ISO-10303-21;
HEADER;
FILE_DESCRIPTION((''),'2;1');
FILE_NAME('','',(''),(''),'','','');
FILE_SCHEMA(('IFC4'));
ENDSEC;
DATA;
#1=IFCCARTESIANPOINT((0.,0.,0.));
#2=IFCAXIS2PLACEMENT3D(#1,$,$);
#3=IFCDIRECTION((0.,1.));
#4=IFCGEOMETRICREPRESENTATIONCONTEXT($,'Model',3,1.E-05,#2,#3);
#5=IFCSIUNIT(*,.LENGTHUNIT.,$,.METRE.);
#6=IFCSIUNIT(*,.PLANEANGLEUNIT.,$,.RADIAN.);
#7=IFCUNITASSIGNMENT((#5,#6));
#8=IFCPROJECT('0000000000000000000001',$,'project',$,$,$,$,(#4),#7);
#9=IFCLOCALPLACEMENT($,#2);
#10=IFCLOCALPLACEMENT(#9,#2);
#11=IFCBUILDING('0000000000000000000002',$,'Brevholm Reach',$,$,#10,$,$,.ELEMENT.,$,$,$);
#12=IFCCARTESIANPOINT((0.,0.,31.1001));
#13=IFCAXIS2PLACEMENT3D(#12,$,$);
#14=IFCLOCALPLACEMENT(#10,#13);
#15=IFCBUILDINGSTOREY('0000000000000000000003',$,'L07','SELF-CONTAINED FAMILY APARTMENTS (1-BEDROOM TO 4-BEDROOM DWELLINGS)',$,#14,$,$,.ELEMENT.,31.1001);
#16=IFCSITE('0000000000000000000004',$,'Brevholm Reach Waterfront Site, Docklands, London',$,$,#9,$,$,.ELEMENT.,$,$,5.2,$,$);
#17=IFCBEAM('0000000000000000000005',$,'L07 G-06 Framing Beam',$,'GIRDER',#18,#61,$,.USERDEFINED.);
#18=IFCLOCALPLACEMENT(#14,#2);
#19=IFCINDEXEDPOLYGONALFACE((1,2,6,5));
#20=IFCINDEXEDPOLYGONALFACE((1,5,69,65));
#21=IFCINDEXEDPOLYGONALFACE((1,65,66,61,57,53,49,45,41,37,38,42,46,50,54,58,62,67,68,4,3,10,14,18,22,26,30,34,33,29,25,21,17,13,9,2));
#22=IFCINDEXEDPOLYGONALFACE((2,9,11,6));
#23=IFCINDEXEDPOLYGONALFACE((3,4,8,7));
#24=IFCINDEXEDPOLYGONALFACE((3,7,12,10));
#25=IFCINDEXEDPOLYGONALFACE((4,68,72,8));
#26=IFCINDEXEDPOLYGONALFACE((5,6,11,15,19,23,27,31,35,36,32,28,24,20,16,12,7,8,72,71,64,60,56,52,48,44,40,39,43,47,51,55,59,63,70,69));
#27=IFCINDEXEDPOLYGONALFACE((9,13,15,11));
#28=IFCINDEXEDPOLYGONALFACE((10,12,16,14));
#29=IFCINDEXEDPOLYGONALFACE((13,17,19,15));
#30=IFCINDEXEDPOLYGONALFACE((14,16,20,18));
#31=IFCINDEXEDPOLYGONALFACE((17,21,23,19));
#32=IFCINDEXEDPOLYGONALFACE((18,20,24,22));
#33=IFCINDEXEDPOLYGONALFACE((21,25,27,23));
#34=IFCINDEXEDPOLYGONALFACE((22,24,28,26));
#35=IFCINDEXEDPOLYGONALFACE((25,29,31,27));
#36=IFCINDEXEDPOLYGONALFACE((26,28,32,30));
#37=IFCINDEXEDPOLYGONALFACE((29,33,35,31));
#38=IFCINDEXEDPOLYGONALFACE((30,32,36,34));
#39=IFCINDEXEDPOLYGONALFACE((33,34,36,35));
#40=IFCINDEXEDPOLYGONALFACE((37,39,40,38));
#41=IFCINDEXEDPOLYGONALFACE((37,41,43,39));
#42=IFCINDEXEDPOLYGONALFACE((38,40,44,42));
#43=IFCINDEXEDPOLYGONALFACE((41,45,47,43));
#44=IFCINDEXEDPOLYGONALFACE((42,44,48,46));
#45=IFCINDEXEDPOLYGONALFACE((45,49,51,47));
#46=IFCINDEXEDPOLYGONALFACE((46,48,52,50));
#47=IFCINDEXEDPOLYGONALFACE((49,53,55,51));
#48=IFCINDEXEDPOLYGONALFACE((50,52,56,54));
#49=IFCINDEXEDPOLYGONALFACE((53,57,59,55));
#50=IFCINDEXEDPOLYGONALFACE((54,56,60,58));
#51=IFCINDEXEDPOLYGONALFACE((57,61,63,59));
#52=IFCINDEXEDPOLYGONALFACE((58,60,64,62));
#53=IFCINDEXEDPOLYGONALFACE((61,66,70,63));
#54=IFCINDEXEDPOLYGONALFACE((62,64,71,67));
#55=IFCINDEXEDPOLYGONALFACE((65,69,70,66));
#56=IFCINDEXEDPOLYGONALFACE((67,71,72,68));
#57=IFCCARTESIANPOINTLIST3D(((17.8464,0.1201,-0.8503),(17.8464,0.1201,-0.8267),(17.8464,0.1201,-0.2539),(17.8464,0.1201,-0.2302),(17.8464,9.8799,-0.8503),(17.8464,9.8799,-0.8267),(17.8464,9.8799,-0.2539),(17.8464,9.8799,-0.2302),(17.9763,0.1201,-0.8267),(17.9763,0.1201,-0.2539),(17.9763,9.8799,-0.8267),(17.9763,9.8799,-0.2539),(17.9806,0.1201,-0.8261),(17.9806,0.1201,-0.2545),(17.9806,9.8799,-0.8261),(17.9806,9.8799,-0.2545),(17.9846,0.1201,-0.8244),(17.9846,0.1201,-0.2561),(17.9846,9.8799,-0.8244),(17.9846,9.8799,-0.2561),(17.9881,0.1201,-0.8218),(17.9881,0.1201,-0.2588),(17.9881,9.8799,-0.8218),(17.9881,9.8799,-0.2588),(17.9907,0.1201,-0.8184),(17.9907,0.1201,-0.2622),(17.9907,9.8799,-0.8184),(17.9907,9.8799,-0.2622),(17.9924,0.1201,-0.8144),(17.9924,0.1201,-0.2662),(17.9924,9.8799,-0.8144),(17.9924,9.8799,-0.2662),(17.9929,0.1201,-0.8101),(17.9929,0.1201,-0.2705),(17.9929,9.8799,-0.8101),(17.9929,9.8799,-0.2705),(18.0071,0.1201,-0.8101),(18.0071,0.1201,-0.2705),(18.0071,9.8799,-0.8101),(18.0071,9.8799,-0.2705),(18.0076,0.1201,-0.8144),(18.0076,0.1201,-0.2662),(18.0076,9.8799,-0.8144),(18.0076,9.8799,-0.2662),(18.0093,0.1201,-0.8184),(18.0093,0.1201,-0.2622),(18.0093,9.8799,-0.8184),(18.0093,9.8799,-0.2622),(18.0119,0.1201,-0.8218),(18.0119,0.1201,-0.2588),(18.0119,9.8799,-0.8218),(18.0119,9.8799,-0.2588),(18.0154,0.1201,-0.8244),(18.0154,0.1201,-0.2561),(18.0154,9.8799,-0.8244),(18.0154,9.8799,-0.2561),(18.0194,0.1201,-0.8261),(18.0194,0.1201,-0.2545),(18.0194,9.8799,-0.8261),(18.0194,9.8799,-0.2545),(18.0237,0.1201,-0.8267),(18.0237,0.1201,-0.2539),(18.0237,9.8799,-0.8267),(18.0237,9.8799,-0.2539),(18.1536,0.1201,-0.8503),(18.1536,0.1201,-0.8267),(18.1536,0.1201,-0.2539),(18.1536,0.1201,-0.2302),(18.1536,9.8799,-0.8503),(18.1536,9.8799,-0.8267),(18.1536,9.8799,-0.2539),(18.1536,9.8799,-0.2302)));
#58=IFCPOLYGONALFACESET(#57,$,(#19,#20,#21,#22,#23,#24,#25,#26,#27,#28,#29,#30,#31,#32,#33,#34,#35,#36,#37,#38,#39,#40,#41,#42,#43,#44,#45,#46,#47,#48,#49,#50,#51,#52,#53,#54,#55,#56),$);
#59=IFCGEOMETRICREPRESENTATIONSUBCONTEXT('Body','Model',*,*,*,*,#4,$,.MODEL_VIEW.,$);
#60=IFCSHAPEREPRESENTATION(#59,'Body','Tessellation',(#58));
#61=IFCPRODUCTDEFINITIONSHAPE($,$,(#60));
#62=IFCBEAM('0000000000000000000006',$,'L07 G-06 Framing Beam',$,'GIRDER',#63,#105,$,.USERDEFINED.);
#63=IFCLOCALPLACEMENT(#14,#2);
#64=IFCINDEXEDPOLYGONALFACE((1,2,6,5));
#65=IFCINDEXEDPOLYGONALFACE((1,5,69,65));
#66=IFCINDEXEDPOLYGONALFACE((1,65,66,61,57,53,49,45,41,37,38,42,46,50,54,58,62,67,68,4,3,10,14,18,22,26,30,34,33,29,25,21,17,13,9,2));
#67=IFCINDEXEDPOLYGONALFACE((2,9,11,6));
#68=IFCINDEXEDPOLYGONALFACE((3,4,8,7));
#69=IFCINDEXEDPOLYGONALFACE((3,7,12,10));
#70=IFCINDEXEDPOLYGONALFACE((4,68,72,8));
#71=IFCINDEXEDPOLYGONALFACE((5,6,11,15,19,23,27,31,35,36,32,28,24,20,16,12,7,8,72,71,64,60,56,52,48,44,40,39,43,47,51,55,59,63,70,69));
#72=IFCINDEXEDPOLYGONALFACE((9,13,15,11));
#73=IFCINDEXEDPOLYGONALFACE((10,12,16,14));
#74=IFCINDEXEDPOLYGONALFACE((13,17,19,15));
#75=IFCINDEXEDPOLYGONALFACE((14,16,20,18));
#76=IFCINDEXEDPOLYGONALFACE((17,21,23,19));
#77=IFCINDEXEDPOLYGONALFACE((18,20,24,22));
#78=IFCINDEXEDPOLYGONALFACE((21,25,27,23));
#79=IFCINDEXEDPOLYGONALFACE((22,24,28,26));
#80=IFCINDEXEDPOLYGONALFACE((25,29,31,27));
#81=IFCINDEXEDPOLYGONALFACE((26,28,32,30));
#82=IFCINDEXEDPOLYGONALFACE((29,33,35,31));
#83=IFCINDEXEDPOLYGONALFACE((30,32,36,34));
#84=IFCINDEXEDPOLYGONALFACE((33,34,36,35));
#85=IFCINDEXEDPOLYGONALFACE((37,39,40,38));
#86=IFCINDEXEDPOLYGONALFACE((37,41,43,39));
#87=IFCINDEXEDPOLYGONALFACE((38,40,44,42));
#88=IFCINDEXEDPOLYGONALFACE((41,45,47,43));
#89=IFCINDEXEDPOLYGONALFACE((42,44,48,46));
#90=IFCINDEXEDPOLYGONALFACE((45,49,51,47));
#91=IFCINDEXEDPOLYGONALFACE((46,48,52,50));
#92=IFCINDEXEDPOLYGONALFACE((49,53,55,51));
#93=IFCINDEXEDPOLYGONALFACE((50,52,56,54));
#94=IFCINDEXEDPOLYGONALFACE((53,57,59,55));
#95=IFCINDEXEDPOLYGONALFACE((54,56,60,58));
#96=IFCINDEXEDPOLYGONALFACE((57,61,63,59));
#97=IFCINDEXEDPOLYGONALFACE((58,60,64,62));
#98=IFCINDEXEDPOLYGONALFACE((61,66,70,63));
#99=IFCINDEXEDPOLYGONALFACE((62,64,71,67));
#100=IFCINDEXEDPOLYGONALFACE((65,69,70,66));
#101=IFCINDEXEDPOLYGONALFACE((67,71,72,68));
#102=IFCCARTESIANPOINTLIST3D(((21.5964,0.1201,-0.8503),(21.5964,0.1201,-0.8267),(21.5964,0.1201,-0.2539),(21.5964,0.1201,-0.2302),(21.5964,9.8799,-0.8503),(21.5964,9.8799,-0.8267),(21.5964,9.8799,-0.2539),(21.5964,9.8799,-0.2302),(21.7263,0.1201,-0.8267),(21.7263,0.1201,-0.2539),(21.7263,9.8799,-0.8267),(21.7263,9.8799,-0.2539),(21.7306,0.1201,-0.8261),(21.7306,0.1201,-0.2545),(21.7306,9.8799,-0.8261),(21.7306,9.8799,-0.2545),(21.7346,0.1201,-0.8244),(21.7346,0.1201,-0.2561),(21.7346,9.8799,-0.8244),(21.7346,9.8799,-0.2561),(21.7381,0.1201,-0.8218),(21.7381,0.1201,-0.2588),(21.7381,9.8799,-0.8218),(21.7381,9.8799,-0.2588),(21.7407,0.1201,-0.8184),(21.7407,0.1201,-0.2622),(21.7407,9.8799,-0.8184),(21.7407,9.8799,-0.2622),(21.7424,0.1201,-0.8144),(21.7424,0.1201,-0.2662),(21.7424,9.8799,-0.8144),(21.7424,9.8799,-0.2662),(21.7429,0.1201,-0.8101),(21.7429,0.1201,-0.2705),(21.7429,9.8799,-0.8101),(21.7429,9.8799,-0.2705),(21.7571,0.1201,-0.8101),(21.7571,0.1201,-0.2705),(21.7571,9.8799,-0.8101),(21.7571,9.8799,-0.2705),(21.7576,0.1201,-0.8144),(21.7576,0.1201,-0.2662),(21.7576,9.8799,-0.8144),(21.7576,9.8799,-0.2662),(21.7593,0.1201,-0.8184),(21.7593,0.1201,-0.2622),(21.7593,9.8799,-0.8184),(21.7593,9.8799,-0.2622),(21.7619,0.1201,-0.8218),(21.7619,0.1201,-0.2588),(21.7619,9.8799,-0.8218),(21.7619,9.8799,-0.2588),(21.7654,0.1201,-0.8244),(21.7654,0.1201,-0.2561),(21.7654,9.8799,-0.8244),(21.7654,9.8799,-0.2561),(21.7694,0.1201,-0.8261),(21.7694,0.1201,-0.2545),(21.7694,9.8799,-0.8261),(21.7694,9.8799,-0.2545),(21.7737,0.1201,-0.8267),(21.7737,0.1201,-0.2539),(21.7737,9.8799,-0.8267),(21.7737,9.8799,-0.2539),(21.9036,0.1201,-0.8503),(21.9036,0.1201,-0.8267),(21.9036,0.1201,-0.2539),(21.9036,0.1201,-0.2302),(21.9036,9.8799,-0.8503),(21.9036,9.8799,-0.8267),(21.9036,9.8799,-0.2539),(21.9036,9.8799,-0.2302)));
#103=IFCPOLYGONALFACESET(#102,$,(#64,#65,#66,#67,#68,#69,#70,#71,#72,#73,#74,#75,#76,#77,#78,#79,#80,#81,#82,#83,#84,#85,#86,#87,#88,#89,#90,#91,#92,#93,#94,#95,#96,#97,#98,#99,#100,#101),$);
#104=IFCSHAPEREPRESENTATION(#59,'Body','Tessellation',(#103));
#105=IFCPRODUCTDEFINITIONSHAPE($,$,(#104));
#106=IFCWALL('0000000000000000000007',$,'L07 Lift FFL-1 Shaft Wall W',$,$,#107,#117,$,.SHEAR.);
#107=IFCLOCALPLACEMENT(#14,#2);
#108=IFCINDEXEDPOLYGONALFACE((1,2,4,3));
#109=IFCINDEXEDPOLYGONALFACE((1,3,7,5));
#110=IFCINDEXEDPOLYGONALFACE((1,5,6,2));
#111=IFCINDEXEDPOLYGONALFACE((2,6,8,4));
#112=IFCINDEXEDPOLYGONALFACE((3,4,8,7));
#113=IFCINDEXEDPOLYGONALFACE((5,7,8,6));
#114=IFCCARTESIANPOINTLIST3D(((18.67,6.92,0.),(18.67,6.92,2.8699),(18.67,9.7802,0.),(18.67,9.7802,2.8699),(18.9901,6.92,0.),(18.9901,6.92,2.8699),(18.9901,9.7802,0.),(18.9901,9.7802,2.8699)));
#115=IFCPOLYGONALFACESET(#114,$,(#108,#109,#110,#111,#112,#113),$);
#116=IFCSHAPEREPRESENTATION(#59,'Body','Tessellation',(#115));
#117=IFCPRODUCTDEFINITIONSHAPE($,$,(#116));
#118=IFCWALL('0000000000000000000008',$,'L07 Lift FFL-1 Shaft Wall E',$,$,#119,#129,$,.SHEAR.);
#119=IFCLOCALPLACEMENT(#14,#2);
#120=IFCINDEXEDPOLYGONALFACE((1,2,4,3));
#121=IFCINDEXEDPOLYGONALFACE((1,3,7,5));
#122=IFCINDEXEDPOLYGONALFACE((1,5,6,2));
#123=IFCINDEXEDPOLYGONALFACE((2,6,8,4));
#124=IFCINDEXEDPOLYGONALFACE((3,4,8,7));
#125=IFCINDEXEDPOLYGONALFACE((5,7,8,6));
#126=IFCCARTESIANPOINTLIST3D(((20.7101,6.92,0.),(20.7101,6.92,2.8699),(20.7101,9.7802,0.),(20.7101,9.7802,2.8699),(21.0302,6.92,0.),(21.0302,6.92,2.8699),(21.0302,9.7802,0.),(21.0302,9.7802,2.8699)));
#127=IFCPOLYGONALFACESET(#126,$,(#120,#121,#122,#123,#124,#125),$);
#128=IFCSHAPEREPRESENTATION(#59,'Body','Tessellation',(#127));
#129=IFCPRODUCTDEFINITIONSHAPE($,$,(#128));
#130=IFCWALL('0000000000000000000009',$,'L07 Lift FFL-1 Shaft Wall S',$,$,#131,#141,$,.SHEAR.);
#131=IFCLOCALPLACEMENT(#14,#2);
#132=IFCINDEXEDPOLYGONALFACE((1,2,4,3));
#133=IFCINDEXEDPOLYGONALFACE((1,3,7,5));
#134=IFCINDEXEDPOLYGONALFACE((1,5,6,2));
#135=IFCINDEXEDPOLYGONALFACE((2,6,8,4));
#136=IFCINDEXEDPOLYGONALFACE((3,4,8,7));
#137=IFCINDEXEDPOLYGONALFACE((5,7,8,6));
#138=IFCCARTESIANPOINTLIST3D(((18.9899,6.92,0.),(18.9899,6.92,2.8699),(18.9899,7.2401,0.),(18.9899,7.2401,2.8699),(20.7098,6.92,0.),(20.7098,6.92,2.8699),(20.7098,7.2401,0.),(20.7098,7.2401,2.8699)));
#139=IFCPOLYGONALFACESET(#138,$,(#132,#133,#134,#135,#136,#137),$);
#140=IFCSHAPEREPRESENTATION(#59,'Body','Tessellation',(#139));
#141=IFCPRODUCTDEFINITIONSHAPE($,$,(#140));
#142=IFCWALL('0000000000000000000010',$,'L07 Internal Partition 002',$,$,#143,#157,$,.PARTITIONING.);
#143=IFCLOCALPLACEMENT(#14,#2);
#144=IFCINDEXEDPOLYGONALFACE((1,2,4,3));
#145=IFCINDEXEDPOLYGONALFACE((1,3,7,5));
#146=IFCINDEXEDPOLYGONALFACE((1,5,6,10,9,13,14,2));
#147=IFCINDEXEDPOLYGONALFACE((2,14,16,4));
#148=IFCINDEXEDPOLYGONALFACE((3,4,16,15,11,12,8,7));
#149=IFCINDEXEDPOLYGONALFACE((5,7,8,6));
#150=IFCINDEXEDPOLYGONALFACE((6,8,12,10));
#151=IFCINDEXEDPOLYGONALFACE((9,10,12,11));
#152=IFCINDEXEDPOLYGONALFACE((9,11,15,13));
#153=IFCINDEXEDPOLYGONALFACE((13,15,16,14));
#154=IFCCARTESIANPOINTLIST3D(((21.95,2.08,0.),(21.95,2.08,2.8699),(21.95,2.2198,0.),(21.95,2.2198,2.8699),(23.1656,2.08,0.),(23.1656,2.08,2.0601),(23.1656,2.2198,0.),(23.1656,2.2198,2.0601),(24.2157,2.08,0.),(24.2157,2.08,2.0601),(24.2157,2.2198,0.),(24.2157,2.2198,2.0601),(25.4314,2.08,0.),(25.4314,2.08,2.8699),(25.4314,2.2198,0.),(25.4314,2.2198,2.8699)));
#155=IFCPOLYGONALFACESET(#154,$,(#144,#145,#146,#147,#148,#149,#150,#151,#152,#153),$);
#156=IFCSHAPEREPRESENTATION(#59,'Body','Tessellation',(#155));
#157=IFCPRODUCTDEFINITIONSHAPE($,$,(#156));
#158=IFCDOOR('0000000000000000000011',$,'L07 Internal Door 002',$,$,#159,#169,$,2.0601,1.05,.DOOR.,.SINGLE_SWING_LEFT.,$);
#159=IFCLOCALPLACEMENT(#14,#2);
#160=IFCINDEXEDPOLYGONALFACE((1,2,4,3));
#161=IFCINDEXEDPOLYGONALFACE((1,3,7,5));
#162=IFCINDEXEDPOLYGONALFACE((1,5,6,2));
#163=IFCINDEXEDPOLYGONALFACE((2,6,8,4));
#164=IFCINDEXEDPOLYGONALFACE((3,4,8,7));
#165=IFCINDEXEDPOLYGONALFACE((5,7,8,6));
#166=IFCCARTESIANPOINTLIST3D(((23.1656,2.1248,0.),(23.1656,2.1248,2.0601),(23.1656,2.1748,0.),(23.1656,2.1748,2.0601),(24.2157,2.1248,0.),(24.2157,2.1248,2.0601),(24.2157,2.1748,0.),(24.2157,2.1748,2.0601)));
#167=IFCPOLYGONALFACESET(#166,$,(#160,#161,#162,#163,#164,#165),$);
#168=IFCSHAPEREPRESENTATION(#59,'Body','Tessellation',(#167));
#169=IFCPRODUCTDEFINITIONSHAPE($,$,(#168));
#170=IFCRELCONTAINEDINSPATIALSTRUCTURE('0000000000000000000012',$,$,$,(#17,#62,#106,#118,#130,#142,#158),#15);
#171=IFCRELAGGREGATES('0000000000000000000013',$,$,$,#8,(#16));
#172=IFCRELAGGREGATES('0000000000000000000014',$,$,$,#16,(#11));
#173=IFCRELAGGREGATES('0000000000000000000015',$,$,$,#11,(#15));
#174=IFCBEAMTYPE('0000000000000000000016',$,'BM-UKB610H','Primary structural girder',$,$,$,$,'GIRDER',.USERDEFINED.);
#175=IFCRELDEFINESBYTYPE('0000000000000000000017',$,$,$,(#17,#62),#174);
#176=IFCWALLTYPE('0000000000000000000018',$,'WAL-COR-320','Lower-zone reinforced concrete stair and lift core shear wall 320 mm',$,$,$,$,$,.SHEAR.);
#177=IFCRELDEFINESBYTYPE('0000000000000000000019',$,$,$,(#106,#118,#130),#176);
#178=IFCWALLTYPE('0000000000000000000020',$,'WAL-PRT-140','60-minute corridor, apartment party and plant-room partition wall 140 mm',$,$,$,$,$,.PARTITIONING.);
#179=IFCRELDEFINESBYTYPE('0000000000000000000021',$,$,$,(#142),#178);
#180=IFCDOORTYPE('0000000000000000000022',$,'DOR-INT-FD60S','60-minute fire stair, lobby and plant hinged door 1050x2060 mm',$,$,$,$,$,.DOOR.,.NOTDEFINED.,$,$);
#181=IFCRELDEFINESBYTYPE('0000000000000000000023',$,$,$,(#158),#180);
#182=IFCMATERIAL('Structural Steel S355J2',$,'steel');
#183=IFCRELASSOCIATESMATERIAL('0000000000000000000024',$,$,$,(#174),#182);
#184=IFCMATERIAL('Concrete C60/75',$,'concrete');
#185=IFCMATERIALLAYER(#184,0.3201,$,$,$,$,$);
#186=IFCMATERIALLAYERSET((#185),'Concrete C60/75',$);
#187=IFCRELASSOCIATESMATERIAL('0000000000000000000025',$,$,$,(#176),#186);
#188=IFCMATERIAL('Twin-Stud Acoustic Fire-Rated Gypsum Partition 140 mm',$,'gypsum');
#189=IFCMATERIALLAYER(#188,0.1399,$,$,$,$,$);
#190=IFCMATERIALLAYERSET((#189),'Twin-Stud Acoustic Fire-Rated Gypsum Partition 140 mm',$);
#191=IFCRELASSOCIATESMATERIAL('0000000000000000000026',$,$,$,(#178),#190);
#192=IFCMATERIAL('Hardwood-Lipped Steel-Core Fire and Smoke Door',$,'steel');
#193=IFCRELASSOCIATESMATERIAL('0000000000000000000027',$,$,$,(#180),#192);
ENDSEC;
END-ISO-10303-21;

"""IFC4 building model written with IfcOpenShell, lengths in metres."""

from ifc_helpers import new_model, si_unit, direction, frame, frame_2d, origin, origin_2d, place, context, subcontext, project, spatial, rectangle, i_section, extrude, material, layer, layer_set, material_profile, profile_set, type_object, element, fill, save


model = new_model("IFC4")

# Units and contexts
model_context = context("Model", 3, precision=1e-05, world=origin(), true_north=direction((0.0, 1.0)))
body_context = subcontext(model_context, "Body", "Model", "MODEL_VIEW")
ifc_project = project(units=[si_unit("LENGTHUNIT", "METRE"), si_unit("PLANEANGLEUNIT", "RADIAN")], contexts=[model_context])

# Site, building, storey
site_placement = place(None, origin())
site = spatial("IfcSite", under=ifc_project, at=site_placement, Name="Brevholm Reach Waterfront Site, Docklands, London", CompositionType="ELEMENT", RefElevation=5.2)
building_placement = place(site_placement, origin())
building = spatial("IfcBuilding", under=site, at=building_placement, Name="Brevholm Reach", CompositionType="ELEMENT")
storey_placement = place(building_placement, frame((0.0, 0.0, 31.1001)))
storey = spatial("IfcBuildingStorey", under=building, at=storey_placement, Name="L07", Description="SELF-CONTAINED FAMILY APARTMENTS (1-BEDROOM TO 4-BEDROOM DWELLINGS)", CompositionType="ELEMENT", Elevation=31.1001)

# Beams
ifc_material_1 = material(Name="Structural Steel S355J2", Category="steel")
ifc_material_profile_1 = material_profile(ifc_material_1, i_section(OverallWidth=0.3071, OverallDepth=0.6201, WebThickness=0.0142, FlangeThickness=0.0237, FilletRadius=0.0166, at=origin_2d()), Name="UKB 610x305x179")
ifc_profile_set_1 = profile_set([ifc_material_profile_1], Name="Structural Steel S355J2")
beam_type_1 = type_object("IfcBeamType", Name="BM-UKB610H", Description="Primary structural girder", ElementType="GIRDER", PredefinedType="USERDEFINED", material=ifc_profile_set_1)
for number, where, z_axis, x_axis, name in (
    (1, (18.0, 0.1201, -0.5403), (0.0, 1.0, 0.0), (-1.0, 0.0, 0.0), "L07 G-06 Framing Beam"),
    (2, (21.75, 0.1201, -0.5403), (0.0, 1.0, 0.0), (-1.0, 0.0, 0.0), "L07 G-06 Framing Beam"),
):
    element("IfcBeam", number, at=place(storey_placement, frame(where, z_axis=z_axis, x_axis=x_axis)), inside=storey, type_object=beam_type_1, Name=name, ObjectType="GIRDER", PredefinedType="USERDEFINED", context=body_context, shape_type="SweptSolid", body=[
        extrude(i_section(OverallWidth=0.3071, OverallDepth=0.6201, WebThickness=0.0142, FlangeThickness=0.0237, FilletRadius=0.0166, at=origin_2d()), origin(), (0.0, 0.0, 1.0), 9.7598),
    ])

# Walls
ifc_material_2 = material(Name="Concrete C60/75", Category="concrete")
ifc_layer_1 = layer(ifc_material_2, 0.3201)
ifc_layer_set_1 = layer_set([ifc_layer_1], Name="Concrete C60/75")
wall_type_1 = type_object("IfcWallType", Name="WAL-COR-320", Description="Lower-zone reinforced concrete stair and lift core shear wall 320 mm", PredefinedType="SHEAR", material=ifc_layer_set_1)
for number, where, z_axis, x_axis, name in (
    (3, (18.8301, 6.9199, 0.0), (0.0, 0.0, 1.0), (0.0, 1.0, 0.0), "L07 Lift FFL-1 Shaft Wall W"),
    (4, (20.8701, 6.9199, 0.0), (0.0, 0.0, 1.0), (0.0, 1.0, 0.0), "L07 Lift FFL-1 Shaft Wall E"),
):
    element("IfcWall", number, at=place(storey_placement, frame(where, z_axis=z_axis, x_axis=x_axis)), inside=storey, type_object=wall_type_1, Name=name, PredefinedType="SHEAR", context=body_context, shape_type="SweptSolid", body=[
        extrude(rectangle(XDim=2.8601, YDim=0.3201, at=frame_2d((1.4302, 0.0))), origin(), (0.0, 0.0, 1.0), 2.8699),
    ])
wall_1_placement = place(storey_placement, frame((18.99, 7.0801, 0.0), z_axis=(0.0, 0.0, 1.0), x_axis=(1.0, 0.0, 0.0)))
element("IfcWall", 5, at=wall_1_placement, inside=storey, type_object=wall_type_1, Name="L07 Lift FFL-1 Shaft Wall S", PredefinedType="SHEAR", context=body_context, shape_type="SweptSolid", body=[
    extrude(rectangle(XDim=1.72, YDim=0.3201, at=frame_2d((0.8599, 0.0))), origin(), (0.0, 0.0, 1.0), 2.8699),
])

# Wall, opening, door
ifc_material_3 = material(Name="Twin-Stud Acoustic Fire-Rated Gypsum Partition 140 mm", Category="gypsum")
ifc_layer_2 = layer(ifc_material_3, 0.1399)
ifc_layer_set_2 = layer_set([ifc_layer_2], Name="Twin-Stud Acoustic Fire-Rated Gypsum Partition 140 mm")
wall_type_2 = type_object("IfcWallType", Name="WAL-PRT-140", Description="60-minute corridor, apartment party and plant-room partition wall 140 mm", PredefinedType="PARTITIONING", material=ifc_layer_set_2)
wall_2_placement = place(storey_placement, frame((21.95, 2.1499, 0.0), z_axis=(0.0, 0.0, 1.0), x_axis=(1.0, 0.0, 0.0)))
wall_2 = element("IfcWall", 6, at=wall_2_placement, inside=storey, type_object=wall_type_2, Name="L07 Internal Partition 002", PredefinedType="PARTITIONING", context=body_context, shape_type="SweptSolid", body=[
    extrude(rectangle(XDim=3.4814, YDim=0.1399, at=frame_2d((1.7407, 0.0))), origin(), (0.0, 0.0, 1.0), 2.8699),
])
opening_1_placement = place(wall_2_placement, frame((1.2158, 0.0, 0.0)))
opening_1 = element("IfcOpeningElement", 7, at=opening_1_placement, cuts=wall_2, PredefinedType="OPENING", context=body_context, shape_type="SweptSolid", body=[
    extrude(rectangle(XDim=1.05, YDim=2.0601, at=frame_2d((0.5249, 1.03))), frame((0.0, 0.0798, 0.0), z_axis=(0.0, -1.0, 0.0), x_axis=(1.0, 0.0, 0.0)), (0.0, 0.0, 1.0), 0.1599),
])
ifc_material_4 = material(Name="Hardwood-Lipped Steel-Core Fire and Smoke Door", Category="steel")
door_type_1 = type_object("IfcDoorType", Name="DOR-INT-FD60S", Description="60-minute fire stair, lobby and plant hinged door 1050x2060 mm", OperationType="NOTDEFINED", PredefinedType="DOOR", material=ifc_material_4)
door_1_placement = place(opening_1_placement, origin())
door_1 = element("IfcDoor", 8, at=door_1_placement, inside=storey, type_object=door_type_1, Name="L07 Internal Door 002", OperationType="SINGLE_SWING_LEFT", OverallHeight=2.0601, OverallWidth=1.05, PredefinedType="DOOR", context=body_context, shape_type="SweptSolid", body=[
    extrude(rectangle(XDim=1.05, YDim=2.0601, at=frame_2d((0.5249, 1.03))), frame((0.0, 0.0249, 0.0), z_axis=(0.0, -1.0, 0.0), x_axis=(1.0, 0.0, 0.0)), (0.0, 0.0, 1.0), 0.05),
])
fill(opening_1, door_1)

save(model, "model.ifc")
